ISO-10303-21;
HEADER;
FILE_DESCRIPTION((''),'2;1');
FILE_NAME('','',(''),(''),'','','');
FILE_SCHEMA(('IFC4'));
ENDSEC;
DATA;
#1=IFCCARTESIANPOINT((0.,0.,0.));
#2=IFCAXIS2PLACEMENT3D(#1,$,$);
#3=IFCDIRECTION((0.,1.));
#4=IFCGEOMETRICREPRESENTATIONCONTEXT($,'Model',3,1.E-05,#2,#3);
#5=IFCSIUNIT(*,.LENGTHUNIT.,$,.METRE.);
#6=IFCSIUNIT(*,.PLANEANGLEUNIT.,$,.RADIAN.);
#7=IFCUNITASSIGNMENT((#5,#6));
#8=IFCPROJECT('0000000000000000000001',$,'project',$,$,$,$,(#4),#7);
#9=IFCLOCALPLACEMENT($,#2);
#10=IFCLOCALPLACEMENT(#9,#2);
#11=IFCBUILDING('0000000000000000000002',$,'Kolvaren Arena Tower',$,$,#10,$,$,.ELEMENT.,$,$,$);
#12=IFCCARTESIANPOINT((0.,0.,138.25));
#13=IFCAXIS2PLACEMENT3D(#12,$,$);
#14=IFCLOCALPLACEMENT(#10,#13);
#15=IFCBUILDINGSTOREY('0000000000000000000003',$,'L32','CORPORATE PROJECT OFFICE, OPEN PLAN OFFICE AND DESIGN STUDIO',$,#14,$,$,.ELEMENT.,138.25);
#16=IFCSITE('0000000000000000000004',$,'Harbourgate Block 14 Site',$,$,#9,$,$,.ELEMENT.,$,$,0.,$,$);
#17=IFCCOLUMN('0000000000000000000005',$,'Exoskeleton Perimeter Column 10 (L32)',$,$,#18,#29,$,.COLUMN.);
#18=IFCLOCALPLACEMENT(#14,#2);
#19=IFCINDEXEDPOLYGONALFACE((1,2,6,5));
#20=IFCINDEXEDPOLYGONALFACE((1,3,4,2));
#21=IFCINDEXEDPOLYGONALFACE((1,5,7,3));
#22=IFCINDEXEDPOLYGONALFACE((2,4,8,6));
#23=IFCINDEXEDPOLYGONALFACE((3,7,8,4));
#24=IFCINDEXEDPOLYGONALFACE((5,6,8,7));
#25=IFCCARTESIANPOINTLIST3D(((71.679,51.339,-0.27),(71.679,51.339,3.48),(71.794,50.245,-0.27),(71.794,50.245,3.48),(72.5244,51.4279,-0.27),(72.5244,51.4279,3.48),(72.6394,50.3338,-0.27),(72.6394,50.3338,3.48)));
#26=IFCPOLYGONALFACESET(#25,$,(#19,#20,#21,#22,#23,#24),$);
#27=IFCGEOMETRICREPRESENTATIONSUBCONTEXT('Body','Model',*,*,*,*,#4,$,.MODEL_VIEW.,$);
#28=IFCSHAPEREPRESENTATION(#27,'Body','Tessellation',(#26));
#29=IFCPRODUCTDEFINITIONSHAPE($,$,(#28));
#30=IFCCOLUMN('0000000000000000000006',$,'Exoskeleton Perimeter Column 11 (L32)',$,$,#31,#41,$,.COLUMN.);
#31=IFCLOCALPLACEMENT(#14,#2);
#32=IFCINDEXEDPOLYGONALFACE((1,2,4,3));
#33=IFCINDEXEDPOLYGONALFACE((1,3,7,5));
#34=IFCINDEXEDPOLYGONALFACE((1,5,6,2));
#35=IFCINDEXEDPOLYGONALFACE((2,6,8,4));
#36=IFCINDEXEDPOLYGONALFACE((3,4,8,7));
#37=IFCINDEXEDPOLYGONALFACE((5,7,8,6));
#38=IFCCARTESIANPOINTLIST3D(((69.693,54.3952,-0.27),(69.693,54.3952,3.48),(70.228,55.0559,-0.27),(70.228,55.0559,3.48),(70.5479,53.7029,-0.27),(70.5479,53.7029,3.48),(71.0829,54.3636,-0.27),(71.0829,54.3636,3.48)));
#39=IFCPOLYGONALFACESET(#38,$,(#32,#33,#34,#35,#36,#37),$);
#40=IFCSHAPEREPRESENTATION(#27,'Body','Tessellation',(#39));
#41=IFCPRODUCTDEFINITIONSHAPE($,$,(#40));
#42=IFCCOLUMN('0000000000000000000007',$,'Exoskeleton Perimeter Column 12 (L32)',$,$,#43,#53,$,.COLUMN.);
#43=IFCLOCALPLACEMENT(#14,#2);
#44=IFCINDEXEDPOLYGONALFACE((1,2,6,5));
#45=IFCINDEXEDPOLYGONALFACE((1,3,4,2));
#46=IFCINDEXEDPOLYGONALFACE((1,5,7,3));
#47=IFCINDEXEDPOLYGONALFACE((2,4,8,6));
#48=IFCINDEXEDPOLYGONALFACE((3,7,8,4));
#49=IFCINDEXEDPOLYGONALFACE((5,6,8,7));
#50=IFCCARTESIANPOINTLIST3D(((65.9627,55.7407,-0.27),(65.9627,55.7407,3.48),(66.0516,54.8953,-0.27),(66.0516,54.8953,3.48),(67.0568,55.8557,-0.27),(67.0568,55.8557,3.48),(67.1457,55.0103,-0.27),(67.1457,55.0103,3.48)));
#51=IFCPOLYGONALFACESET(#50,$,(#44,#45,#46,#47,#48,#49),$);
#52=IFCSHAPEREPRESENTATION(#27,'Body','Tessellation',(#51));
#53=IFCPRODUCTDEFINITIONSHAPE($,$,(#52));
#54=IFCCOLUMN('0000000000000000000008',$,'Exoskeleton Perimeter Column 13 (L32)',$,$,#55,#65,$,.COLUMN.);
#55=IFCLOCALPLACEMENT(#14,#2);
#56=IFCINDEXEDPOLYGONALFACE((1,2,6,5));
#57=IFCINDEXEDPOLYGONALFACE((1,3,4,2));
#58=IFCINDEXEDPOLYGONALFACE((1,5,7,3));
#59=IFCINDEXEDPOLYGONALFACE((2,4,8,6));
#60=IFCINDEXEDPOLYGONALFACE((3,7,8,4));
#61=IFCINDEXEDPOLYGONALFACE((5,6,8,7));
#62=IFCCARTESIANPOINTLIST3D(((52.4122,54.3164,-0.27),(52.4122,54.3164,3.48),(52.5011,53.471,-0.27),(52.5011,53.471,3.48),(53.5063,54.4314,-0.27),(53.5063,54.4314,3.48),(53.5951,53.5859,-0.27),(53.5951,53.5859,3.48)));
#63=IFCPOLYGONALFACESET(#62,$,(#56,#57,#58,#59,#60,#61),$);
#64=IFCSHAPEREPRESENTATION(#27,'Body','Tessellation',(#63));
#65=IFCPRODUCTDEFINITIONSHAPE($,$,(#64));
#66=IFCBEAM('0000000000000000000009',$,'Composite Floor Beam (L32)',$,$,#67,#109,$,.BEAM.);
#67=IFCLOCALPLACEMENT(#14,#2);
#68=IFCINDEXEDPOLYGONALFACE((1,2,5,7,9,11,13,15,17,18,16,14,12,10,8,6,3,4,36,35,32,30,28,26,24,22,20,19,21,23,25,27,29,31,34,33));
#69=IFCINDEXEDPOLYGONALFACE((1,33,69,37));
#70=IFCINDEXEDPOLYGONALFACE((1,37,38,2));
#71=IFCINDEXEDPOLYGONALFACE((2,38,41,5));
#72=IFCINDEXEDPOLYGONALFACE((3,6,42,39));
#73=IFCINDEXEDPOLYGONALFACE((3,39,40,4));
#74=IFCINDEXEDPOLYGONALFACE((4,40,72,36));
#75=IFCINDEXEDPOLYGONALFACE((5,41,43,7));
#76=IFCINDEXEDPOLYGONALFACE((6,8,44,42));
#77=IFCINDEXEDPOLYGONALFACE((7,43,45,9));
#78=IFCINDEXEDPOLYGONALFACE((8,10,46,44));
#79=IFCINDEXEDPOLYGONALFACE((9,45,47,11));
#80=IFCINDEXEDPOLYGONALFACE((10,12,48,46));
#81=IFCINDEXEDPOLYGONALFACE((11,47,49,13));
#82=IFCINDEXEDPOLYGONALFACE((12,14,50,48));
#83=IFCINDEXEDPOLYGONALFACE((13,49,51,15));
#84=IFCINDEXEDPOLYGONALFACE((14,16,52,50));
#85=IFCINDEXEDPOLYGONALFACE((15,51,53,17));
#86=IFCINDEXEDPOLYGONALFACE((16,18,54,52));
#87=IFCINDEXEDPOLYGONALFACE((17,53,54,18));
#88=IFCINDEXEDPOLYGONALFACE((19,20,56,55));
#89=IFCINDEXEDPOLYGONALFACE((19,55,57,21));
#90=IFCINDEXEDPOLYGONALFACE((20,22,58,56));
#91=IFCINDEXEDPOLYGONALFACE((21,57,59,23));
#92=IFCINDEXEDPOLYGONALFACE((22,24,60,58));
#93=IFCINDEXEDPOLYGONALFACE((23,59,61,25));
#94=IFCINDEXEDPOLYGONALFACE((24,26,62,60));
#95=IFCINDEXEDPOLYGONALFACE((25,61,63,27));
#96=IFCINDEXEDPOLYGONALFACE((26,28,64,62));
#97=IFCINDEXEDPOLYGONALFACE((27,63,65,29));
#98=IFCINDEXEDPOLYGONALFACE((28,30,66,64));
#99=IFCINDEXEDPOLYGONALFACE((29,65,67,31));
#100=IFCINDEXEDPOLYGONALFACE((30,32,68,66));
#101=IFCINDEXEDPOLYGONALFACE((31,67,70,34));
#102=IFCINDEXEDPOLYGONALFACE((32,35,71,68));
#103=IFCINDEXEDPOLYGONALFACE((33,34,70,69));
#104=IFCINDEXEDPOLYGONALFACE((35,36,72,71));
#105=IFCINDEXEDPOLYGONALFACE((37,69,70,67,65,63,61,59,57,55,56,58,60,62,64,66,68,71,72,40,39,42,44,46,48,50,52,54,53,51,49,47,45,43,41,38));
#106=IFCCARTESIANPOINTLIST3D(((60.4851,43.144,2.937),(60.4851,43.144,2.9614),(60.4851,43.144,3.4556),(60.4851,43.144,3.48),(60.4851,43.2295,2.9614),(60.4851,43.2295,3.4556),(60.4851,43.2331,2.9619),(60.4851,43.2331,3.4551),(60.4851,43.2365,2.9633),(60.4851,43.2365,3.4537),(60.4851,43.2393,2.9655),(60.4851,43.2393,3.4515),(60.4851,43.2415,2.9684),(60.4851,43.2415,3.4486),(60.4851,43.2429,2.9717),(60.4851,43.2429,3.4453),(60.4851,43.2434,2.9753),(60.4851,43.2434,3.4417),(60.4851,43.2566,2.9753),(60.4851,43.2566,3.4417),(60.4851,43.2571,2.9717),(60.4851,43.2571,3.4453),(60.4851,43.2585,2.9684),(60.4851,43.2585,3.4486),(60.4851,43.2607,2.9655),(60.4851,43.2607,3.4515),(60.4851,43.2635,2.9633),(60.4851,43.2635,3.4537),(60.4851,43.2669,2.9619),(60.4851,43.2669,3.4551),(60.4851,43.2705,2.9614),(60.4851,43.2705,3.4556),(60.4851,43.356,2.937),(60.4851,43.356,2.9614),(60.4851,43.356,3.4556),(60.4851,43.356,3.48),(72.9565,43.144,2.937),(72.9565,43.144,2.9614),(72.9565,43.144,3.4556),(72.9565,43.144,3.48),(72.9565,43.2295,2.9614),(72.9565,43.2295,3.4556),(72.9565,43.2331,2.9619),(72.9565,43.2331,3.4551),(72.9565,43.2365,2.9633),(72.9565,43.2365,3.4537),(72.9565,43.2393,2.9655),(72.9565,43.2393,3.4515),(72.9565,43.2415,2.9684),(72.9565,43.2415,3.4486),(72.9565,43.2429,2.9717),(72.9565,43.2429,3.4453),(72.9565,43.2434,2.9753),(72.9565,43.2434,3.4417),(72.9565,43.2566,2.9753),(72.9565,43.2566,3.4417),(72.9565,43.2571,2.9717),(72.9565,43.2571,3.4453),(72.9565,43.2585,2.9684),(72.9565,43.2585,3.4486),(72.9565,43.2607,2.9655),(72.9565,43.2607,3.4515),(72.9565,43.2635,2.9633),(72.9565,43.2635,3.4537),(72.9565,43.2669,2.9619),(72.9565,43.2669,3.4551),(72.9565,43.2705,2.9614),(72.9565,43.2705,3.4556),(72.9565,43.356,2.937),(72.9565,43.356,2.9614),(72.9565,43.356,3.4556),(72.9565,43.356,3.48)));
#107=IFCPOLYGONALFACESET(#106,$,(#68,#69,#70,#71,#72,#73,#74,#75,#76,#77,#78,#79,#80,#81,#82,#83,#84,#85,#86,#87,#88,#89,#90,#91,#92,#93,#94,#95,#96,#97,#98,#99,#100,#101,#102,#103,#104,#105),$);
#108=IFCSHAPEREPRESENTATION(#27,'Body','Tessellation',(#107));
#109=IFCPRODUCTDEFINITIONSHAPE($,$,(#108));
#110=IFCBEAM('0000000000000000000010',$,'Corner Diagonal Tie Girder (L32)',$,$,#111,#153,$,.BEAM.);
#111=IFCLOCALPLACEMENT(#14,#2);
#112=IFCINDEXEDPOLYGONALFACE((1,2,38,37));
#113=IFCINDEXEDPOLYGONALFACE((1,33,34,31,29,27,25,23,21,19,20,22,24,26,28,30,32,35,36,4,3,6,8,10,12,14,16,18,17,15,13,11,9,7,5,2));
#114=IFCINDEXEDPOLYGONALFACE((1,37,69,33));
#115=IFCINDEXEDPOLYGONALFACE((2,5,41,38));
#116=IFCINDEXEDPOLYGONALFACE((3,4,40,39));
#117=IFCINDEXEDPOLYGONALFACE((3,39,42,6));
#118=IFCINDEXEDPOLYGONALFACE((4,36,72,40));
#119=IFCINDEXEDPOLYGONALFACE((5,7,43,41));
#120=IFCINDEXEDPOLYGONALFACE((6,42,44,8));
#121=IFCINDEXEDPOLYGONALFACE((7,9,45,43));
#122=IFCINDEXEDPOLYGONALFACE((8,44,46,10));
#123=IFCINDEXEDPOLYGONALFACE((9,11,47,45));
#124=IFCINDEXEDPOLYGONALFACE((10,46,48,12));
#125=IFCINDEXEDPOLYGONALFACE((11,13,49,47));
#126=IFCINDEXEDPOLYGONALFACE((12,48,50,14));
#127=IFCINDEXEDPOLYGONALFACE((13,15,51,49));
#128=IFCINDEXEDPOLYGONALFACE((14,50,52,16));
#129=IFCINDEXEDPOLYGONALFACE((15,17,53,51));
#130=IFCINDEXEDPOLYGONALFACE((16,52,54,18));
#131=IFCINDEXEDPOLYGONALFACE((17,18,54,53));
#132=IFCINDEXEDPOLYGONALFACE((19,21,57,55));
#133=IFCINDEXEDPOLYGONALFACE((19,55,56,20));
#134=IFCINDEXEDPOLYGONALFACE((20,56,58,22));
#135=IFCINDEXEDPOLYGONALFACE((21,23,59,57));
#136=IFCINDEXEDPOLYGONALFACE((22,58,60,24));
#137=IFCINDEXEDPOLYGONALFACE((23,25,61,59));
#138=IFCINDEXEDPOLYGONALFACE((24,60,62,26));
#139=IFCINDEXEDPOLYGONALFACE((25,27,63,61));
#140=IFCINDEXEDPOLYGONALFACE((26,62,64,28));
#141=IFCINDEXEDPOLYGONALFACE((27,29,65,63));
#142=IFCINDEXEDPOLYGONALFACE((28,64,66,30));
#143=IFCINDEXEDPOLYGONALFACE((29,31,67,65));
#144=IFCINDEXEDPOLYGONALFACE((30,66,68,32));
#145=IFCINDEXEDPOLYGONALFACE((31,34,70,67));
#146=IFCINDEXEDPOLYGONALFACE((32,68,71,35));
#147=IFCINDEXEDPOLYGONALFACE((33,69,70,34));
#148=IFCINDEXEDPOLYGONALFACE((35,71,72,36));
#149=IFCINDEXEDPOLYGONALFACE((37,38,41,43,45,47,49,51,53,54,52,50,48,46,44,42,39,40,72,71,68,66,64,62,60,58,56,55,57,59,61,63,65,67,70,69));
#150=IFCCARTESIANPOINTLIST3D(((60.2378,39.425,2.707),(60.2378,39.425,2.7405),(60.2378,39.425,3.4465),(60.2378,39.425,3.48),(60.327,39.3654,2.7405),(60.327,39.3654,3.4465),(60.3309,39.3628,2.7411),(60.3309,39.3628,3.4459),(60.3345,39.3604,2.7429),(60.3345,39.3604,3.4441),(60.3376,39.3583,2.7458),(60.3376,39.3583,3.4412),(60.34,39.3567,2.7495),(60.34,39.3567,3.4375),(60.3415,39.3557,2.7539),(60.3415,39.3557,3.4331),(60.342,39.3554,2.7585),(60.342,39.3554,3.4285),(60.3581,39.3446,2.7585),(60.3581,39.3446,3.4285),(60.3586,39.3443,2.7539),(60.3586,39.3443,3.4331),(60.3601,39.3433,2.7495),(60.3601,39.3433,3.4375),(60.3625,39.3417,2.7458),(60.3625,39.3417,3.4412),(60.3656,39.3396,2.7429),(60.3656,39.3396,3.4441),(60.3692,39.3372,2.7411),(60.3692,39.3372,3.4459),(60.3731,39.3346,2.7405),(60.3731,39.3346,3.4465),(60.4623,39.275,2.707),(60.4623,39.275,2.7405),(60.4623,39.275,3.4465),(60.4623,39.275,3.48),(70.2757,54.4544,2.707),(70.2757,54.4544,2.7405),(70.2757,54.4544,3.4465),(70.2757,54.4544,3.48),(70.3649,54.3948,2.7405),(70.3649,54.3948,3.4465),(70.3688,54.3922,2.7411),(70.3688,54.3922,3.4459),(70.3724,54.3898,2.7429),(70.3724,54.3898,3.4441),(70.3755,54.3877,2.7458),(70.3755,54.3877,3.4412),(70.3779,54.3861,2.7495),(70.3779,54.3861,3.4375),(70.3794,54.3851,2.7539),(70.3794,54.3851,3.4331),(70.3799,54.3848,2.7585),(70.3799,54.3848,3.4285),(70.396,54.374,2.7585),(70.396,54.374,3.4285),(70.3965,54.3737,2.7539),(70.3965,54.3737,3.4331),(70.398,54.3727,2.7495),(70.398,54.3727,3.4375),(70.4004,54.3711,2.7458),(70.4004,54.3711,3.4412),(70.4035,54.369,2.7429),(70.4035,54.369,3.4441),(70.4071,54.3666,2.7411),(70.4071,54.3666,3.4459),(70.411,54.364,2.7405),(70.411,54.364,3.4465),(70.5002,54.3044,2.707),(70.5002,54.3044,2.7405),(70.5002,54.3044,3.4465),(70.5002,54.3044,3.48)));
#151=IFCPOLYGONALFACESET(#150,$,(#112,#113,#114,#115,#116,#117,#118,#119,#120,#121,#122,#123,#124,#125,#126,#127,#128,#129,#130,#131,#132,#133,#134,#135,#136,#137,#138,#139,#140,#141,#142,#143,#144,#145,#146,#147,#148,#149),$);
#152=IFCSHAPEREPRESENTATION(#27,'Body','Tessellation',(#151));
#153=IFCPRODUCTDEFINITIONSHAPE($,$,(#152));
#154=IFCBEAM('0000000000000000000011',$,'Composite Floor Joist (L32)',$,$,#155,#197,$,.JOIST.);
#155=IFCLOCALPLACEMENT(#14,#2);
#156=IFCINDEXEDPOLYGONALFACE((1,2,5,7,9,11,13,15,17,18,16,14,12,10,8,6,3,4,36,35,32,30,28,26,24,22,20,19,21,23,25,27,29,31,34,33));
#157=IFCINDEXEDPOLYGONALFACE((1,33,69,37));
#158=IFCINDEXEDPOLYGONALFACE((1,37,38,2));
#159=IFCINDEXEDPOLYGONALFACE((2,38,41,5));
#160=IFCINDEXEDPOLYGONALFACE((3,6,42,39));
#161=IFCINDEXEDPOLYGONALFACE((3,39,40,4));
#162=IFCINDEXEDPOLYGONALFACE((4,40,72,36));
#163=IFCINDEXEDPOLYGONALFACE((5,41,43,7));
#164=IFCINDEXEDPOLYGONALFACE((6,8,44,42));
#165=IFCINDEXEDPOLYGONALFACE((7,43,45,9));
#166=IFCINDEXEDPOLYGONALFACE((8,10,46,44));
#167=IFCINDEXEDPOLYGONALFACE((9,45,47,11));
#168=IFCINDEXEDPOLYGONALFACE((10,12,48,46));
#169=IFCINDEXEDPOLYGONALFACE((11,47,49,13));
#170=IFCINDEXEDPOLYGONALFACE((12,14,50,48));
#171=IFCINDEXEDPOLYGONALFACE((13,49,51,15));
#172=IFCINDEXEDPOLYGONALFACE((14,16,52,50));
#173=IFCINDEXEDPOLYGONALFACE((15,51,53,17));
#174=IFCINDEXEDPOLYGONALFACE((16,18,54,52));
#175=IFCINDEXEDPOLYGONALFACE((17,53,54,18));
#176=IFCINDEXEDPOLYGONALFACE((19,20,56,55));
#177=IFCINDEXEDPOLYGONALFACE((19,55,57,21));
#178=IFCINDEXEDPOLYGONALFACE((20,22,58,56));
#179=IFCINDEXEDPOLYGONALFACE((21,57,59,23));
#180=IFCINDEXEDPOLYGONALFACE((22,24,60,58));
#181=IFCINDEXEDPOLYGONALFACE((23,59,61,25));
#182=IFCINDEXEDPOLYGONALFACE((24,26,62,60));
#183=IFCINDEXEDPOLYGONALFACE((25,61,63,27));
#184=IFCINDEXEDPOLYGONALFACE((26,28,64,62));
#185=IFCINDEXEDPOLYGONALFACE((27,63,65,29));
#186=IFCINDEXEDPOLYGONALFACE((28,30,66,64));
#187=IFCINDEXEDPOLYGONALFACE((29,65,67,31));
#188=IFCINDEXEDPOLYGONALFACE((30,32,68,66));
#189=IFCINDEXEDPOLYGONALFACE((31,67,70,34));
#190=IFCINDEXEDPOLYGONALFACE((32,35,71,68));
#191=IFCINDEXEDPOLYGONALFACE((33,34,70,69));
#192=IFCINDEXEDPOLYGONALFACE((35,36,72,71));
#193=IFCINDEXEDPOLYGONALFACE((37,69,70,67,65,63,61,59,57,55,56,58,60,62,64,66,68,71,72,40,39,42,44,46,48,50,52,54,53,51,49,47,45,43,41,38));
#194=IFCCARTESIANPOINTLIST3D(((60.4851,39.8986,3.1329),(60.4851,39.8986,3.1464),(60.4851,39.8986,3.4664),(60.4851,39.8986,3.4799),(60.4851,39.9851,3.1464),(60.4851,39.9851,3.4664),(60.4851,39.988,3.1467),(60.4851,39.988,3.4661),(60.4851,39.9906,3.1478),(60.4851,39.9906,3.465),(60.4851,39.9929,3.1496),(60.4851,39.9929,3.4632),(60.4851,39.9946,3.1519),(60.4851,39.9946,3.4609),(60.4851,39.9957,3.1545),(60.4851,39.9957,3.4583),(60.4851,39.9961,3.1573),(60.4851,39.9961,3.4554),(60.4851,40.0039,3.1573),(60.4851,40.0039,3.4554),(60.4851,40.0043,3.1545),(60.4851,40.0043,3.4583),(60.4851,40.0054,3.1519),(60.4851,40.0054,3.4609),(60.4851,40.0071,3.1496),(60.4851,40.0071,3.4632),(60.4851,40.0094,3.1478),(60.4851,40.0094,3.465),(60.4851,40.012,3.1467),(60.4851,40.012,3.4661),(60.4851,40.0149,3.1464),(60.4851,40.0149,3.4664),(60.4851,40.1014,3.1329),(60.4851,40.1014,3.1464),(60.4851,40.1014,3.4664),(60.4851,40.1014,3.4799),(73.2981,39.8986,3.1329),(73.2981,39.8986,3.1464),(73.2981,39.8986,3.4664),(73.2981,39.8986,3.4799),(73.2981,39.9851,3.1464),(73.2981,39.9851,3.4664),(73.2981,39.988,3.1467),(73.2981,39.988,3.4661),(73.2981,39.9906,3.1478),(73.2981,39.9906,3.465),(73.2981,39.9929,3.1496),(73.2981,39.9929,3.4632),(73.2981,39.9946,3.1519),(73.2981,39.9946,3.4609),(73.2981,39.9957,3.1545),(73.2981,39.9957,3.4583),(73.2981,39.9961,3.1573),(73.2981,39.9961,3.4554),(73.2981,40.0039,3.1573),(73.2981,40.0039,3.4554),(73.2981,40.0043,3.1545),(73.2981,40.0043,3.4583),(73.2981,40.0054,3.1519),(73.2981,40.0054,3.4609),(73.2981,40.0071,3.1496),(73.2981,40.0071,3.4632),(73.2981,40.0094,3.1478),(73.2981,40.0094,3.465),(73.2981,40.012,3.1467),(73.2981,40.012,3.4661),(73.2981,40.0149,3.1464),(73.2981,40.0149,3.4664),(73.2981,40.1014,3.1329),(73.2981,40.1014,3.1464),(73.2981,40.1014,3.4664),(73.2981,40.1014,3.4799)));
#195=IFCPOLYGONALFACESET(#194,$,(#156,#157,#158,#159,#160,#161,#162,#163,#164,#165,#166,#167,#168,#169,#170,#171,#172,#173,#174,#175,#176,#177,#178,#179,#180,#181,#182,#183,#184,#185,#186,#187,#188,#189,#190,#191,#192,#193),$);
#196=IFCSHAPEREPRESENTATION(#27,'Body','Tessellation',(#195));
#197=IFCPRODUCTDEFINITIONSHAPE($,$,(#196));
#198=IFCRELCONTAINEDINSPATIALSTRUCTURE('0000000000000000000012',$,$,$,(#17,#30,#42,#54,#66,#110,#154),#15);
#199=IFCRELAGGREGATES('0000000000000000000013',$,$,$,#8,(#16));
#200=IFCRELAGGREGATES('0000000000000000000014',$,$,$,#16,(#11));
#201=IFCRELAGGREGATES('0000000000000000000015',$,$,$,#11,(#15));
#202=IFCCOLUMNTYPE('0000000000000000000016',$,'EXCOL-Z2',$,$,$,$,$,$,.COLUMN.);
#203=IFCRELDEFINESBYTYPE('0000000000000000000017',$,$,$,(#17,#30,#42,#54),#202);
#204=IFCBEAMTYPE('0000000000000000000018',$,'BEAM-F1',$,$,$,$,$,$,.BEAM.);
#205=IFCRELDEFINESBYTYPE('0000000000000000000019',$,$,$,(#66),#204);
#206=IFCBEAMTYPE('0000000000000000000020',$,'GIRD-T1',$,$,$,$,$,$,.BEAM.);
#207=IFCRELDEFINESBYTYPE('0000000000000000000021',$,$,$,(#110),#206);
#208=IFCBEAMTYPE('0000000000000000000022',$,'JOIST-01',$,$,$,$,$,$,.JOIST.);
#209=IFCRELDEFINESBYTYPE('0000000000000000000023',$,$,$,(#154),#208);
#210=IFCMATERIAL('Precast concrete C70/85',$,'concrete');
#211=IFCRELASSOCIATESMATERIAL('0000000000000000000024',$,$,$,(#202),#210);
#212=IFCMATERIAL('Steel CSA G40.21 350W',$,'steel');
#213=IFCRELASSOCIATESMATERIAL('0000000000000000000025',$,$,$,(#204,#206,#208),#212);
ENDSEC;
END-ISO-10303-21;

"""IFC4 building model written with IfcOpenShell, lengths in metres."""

from ifc_helpers import new_model, si_unit, direction, frame, origin, origin_2d, place, context, subcontext, project, spatial, rectangle, i_section, extrude, material, material_profile, profile_set, type_object, element, save


model = new_model("IFC4")

# Units and contexts
model_context = context("Model", 3, precision=1e-05, world=origin(), true_north=direction((0.0, 1.0)))
body_context = subcontext(model_context, "Body", "Model", "MODEL_VIEW")
ifc_project = project(units=[si_unit("LENGTHUNIT", "METRE"), si_unit("PLANEANGLEUNIT", "RADIAN")], contexts=[model_context])

# Site, building, storey
site_placement = place(None, origin())
site = spatial("IfcSite", under=ifc_project, at=site_placement, Name="Harbourgate Block 14 Site", CompositionType="ELEMENT", RefElevation=0.0)
building_placement = place(site_placement, origin())
building = spatial("IfcBuilding", under=site, at=building_placement, Name="Kolvaren Arena Tower", CompositionType="ELEMENT")
storey_placement = place(building_placement, frame((0.0, 0.0, 138.25)))
storey = spatial("IfcBuildingStorey", under=building, at=storey_placement, Name="L32", Description="CORPORATE PROJECT OFFICE, OPEN PLAN OFFICE AND DESIGN STUDIO", CompositionType="ELEMENT", Elevation=138.25)

# Columns
ifc_material_1 = material(Name="Precast concrete C70/85", Category="concrete")
ifc_material_profile_1 = material_profile(ifc_material_1, rectangle(XDim=1.1001, YDim=0.8501, at=origin_2d()), Name="RC-1100x850")
ifc_profile_set_1 = profile_set([ifc_material_profile_1], Name="Precast concrete C70/85")
column_type = type_object("IfcColumnType", Name="EXCOL-Z2", PredefinedType="COLUMN", material=ifc_profile_set_1)
for number, where, z_axis, x_axis, name in (
    (1, (72.1592, 50.8364, -0.27), (0.0, 0.0, 1.0), (-0.104528, 0.994522, 0.0), "Exoskeleton Perimeter Column 10 (L32)"),
    (2, (70.3879, 54.3794, -0.27), (0.0, 0.0, 1.0), (-0.777146, 0.62932, 0.0), "Exoskeleton Perimeter Column 11 (L32)"),
    (3, (66.5542, 55.3755, -0.27), (0.0, 0.0, 1.0), (0.994522, 0.104528, 0.0), "Exoskeleton Perimeter Column 12 (L32)"),
    (4, (53.0037, 53.9512, -0.27), (0.0, 0.0, 1.0), (0.994522, 0.104528, 0.0), "Exoskeleton Perimeter Column 13 (L32)"),
):
    element("IfcColumn", number, at=place(storey_placement, frame(where, z_axis=z_axis, x_axis=x_axis)), inside=storey, type_object=column_type, Name=name, PredefinedType="COLUMN", context=body_context, shape_type="SweptSolid", body=[
        extrude(rectangle(XDim=1.1001, YDim=0.8501, at=origin_2d()), origin(), (0.0, 0.0, 1.0), 3.75),
    ])

# Beams
ifc_material_2 = material(Name="Steel CSA G40.21 350W", Category="steel")
ifc_material_profile_2 = material_profile(ifc_material_2, i_section(OverallWidth=0.2119, OverallDepth=0.543, WebThickness=0.0132, FlangeThickness=0.0244, FilletRadius=0.0139, at=origin_2d()), Name="W530x150")
ifc_profile_set_2 = profile_set([ifc_material_profile_2], Name="Steel CSA G40.21 350W")
beam_type_1 = type_object("IfcBeamType", Name="BEAM-F1", PredefinedType="BEAM", material=ifc_profile_set_2)
beam_1_placement = place(storey_placement, frame((60.4851, 43.25, 3.2085), z_axis=(1.0, 0.0, 0.0), x_axis=(0.0, 1.0, 0.0)))
element("IfcBeam", 5, at=beam_1_placement, inside=storey, type_object=beam_type_1, Name="Composite Floor Beam (L32)", PredefinedType="BEAM", context=body_context, shape_type="SweptSolid", body=[
    extrude(i_section(OverallWidth=0.2119, OverallDepth=0.543, WebThickness=0.0132, FlangeThickness=0.0244, FilletRadius=0.0139, at=origin_2d()), origin(), (0.0, 0.0, 1.0), 12.4714),
])
ifc_material_profile_3 = material_profile(ifc_material_2, i_section(OverallWidth=0.27, OverallDepth=0.7729, WebThickness=0.0193, FlangeThickness=0.0334, FilletRadius=0.0181, at=origin_2d()), Name="W760x257")
ifc_profile_set_3 = profile_set([ifc_material_profile_3], Name="Steel CSA G40.21 350W")
beam_type_2 = type_object("IfcBeamType", Name="GIRD-T1", PredefinedType="BEAM", material=ifc_profile_set_3)
beam_2_placement = place(storey_placement, frame((70.3879, 54.3794, 3.0935), z_axis=(-0.555401, -0.831582, 0.0), x_axis=(0.831582, -0.555401, 0.0)))
element("IfcBeam", 6, at=beam_2_placement, inside=storey, type_object=beam_type_2, Name="Corner Diagonal Tie Girder (L32)", PredefinedType="BEAM", context=body_context, shape_type="SweptSolid", body=[
    extrude(i_section(OverallWidth=0.27, OverallDepth=0.7729, WebThickness=0.0193, FlangeThickness=0.0334, FilletRadius=0.0181, at=origin_2d()), origin(), (0.0, 0.0, 1.0), 18.0732),
])
ifc_material_profile_4 = material_profile(ifc_material_2, i_section(OverallWidth=0.2029, OverallDepth=0.3469, WebThickness=0.0078, FlangeThickness=0.0134, FilletRadius=0.011, at=origin_2d()), Name="W360x64")
ifc_profile_set_4 = profile_set([ifc_material_profile_4], Name="Steel CSA G40.21 350W")
beam_type_3 = type_object("IfcBeamType", Name="JOIST-01", PredefinedType="JOIST", material=ifc_profile_set_4)
beam_3_placement = place(storey_placement, frame((60.4851, 40.0, 3.3064), z_axis=(1.0, 0.0, 0.0), x_axis=(0.0, 1.0, 0.0)))
element("IfcBeam", 7, at=beam_3_placement, inside=storey, type_object=beam_type_3, Name="Composite Floor Joist (L32)", PredefinedType="JOIST", context=body_context, shape_type="SweptSolid", body=[
    extrude(i_section(OverallWidth=0.2029, OverallDepth=0.3469, WebThickness=0.0078, FlangeThickness=0.0134, FilletRadius=0.011, at=origin_2d()), origin(), (0.0, 0.0, 1.0), 12.813),
])

save(model, "model.ifc")
